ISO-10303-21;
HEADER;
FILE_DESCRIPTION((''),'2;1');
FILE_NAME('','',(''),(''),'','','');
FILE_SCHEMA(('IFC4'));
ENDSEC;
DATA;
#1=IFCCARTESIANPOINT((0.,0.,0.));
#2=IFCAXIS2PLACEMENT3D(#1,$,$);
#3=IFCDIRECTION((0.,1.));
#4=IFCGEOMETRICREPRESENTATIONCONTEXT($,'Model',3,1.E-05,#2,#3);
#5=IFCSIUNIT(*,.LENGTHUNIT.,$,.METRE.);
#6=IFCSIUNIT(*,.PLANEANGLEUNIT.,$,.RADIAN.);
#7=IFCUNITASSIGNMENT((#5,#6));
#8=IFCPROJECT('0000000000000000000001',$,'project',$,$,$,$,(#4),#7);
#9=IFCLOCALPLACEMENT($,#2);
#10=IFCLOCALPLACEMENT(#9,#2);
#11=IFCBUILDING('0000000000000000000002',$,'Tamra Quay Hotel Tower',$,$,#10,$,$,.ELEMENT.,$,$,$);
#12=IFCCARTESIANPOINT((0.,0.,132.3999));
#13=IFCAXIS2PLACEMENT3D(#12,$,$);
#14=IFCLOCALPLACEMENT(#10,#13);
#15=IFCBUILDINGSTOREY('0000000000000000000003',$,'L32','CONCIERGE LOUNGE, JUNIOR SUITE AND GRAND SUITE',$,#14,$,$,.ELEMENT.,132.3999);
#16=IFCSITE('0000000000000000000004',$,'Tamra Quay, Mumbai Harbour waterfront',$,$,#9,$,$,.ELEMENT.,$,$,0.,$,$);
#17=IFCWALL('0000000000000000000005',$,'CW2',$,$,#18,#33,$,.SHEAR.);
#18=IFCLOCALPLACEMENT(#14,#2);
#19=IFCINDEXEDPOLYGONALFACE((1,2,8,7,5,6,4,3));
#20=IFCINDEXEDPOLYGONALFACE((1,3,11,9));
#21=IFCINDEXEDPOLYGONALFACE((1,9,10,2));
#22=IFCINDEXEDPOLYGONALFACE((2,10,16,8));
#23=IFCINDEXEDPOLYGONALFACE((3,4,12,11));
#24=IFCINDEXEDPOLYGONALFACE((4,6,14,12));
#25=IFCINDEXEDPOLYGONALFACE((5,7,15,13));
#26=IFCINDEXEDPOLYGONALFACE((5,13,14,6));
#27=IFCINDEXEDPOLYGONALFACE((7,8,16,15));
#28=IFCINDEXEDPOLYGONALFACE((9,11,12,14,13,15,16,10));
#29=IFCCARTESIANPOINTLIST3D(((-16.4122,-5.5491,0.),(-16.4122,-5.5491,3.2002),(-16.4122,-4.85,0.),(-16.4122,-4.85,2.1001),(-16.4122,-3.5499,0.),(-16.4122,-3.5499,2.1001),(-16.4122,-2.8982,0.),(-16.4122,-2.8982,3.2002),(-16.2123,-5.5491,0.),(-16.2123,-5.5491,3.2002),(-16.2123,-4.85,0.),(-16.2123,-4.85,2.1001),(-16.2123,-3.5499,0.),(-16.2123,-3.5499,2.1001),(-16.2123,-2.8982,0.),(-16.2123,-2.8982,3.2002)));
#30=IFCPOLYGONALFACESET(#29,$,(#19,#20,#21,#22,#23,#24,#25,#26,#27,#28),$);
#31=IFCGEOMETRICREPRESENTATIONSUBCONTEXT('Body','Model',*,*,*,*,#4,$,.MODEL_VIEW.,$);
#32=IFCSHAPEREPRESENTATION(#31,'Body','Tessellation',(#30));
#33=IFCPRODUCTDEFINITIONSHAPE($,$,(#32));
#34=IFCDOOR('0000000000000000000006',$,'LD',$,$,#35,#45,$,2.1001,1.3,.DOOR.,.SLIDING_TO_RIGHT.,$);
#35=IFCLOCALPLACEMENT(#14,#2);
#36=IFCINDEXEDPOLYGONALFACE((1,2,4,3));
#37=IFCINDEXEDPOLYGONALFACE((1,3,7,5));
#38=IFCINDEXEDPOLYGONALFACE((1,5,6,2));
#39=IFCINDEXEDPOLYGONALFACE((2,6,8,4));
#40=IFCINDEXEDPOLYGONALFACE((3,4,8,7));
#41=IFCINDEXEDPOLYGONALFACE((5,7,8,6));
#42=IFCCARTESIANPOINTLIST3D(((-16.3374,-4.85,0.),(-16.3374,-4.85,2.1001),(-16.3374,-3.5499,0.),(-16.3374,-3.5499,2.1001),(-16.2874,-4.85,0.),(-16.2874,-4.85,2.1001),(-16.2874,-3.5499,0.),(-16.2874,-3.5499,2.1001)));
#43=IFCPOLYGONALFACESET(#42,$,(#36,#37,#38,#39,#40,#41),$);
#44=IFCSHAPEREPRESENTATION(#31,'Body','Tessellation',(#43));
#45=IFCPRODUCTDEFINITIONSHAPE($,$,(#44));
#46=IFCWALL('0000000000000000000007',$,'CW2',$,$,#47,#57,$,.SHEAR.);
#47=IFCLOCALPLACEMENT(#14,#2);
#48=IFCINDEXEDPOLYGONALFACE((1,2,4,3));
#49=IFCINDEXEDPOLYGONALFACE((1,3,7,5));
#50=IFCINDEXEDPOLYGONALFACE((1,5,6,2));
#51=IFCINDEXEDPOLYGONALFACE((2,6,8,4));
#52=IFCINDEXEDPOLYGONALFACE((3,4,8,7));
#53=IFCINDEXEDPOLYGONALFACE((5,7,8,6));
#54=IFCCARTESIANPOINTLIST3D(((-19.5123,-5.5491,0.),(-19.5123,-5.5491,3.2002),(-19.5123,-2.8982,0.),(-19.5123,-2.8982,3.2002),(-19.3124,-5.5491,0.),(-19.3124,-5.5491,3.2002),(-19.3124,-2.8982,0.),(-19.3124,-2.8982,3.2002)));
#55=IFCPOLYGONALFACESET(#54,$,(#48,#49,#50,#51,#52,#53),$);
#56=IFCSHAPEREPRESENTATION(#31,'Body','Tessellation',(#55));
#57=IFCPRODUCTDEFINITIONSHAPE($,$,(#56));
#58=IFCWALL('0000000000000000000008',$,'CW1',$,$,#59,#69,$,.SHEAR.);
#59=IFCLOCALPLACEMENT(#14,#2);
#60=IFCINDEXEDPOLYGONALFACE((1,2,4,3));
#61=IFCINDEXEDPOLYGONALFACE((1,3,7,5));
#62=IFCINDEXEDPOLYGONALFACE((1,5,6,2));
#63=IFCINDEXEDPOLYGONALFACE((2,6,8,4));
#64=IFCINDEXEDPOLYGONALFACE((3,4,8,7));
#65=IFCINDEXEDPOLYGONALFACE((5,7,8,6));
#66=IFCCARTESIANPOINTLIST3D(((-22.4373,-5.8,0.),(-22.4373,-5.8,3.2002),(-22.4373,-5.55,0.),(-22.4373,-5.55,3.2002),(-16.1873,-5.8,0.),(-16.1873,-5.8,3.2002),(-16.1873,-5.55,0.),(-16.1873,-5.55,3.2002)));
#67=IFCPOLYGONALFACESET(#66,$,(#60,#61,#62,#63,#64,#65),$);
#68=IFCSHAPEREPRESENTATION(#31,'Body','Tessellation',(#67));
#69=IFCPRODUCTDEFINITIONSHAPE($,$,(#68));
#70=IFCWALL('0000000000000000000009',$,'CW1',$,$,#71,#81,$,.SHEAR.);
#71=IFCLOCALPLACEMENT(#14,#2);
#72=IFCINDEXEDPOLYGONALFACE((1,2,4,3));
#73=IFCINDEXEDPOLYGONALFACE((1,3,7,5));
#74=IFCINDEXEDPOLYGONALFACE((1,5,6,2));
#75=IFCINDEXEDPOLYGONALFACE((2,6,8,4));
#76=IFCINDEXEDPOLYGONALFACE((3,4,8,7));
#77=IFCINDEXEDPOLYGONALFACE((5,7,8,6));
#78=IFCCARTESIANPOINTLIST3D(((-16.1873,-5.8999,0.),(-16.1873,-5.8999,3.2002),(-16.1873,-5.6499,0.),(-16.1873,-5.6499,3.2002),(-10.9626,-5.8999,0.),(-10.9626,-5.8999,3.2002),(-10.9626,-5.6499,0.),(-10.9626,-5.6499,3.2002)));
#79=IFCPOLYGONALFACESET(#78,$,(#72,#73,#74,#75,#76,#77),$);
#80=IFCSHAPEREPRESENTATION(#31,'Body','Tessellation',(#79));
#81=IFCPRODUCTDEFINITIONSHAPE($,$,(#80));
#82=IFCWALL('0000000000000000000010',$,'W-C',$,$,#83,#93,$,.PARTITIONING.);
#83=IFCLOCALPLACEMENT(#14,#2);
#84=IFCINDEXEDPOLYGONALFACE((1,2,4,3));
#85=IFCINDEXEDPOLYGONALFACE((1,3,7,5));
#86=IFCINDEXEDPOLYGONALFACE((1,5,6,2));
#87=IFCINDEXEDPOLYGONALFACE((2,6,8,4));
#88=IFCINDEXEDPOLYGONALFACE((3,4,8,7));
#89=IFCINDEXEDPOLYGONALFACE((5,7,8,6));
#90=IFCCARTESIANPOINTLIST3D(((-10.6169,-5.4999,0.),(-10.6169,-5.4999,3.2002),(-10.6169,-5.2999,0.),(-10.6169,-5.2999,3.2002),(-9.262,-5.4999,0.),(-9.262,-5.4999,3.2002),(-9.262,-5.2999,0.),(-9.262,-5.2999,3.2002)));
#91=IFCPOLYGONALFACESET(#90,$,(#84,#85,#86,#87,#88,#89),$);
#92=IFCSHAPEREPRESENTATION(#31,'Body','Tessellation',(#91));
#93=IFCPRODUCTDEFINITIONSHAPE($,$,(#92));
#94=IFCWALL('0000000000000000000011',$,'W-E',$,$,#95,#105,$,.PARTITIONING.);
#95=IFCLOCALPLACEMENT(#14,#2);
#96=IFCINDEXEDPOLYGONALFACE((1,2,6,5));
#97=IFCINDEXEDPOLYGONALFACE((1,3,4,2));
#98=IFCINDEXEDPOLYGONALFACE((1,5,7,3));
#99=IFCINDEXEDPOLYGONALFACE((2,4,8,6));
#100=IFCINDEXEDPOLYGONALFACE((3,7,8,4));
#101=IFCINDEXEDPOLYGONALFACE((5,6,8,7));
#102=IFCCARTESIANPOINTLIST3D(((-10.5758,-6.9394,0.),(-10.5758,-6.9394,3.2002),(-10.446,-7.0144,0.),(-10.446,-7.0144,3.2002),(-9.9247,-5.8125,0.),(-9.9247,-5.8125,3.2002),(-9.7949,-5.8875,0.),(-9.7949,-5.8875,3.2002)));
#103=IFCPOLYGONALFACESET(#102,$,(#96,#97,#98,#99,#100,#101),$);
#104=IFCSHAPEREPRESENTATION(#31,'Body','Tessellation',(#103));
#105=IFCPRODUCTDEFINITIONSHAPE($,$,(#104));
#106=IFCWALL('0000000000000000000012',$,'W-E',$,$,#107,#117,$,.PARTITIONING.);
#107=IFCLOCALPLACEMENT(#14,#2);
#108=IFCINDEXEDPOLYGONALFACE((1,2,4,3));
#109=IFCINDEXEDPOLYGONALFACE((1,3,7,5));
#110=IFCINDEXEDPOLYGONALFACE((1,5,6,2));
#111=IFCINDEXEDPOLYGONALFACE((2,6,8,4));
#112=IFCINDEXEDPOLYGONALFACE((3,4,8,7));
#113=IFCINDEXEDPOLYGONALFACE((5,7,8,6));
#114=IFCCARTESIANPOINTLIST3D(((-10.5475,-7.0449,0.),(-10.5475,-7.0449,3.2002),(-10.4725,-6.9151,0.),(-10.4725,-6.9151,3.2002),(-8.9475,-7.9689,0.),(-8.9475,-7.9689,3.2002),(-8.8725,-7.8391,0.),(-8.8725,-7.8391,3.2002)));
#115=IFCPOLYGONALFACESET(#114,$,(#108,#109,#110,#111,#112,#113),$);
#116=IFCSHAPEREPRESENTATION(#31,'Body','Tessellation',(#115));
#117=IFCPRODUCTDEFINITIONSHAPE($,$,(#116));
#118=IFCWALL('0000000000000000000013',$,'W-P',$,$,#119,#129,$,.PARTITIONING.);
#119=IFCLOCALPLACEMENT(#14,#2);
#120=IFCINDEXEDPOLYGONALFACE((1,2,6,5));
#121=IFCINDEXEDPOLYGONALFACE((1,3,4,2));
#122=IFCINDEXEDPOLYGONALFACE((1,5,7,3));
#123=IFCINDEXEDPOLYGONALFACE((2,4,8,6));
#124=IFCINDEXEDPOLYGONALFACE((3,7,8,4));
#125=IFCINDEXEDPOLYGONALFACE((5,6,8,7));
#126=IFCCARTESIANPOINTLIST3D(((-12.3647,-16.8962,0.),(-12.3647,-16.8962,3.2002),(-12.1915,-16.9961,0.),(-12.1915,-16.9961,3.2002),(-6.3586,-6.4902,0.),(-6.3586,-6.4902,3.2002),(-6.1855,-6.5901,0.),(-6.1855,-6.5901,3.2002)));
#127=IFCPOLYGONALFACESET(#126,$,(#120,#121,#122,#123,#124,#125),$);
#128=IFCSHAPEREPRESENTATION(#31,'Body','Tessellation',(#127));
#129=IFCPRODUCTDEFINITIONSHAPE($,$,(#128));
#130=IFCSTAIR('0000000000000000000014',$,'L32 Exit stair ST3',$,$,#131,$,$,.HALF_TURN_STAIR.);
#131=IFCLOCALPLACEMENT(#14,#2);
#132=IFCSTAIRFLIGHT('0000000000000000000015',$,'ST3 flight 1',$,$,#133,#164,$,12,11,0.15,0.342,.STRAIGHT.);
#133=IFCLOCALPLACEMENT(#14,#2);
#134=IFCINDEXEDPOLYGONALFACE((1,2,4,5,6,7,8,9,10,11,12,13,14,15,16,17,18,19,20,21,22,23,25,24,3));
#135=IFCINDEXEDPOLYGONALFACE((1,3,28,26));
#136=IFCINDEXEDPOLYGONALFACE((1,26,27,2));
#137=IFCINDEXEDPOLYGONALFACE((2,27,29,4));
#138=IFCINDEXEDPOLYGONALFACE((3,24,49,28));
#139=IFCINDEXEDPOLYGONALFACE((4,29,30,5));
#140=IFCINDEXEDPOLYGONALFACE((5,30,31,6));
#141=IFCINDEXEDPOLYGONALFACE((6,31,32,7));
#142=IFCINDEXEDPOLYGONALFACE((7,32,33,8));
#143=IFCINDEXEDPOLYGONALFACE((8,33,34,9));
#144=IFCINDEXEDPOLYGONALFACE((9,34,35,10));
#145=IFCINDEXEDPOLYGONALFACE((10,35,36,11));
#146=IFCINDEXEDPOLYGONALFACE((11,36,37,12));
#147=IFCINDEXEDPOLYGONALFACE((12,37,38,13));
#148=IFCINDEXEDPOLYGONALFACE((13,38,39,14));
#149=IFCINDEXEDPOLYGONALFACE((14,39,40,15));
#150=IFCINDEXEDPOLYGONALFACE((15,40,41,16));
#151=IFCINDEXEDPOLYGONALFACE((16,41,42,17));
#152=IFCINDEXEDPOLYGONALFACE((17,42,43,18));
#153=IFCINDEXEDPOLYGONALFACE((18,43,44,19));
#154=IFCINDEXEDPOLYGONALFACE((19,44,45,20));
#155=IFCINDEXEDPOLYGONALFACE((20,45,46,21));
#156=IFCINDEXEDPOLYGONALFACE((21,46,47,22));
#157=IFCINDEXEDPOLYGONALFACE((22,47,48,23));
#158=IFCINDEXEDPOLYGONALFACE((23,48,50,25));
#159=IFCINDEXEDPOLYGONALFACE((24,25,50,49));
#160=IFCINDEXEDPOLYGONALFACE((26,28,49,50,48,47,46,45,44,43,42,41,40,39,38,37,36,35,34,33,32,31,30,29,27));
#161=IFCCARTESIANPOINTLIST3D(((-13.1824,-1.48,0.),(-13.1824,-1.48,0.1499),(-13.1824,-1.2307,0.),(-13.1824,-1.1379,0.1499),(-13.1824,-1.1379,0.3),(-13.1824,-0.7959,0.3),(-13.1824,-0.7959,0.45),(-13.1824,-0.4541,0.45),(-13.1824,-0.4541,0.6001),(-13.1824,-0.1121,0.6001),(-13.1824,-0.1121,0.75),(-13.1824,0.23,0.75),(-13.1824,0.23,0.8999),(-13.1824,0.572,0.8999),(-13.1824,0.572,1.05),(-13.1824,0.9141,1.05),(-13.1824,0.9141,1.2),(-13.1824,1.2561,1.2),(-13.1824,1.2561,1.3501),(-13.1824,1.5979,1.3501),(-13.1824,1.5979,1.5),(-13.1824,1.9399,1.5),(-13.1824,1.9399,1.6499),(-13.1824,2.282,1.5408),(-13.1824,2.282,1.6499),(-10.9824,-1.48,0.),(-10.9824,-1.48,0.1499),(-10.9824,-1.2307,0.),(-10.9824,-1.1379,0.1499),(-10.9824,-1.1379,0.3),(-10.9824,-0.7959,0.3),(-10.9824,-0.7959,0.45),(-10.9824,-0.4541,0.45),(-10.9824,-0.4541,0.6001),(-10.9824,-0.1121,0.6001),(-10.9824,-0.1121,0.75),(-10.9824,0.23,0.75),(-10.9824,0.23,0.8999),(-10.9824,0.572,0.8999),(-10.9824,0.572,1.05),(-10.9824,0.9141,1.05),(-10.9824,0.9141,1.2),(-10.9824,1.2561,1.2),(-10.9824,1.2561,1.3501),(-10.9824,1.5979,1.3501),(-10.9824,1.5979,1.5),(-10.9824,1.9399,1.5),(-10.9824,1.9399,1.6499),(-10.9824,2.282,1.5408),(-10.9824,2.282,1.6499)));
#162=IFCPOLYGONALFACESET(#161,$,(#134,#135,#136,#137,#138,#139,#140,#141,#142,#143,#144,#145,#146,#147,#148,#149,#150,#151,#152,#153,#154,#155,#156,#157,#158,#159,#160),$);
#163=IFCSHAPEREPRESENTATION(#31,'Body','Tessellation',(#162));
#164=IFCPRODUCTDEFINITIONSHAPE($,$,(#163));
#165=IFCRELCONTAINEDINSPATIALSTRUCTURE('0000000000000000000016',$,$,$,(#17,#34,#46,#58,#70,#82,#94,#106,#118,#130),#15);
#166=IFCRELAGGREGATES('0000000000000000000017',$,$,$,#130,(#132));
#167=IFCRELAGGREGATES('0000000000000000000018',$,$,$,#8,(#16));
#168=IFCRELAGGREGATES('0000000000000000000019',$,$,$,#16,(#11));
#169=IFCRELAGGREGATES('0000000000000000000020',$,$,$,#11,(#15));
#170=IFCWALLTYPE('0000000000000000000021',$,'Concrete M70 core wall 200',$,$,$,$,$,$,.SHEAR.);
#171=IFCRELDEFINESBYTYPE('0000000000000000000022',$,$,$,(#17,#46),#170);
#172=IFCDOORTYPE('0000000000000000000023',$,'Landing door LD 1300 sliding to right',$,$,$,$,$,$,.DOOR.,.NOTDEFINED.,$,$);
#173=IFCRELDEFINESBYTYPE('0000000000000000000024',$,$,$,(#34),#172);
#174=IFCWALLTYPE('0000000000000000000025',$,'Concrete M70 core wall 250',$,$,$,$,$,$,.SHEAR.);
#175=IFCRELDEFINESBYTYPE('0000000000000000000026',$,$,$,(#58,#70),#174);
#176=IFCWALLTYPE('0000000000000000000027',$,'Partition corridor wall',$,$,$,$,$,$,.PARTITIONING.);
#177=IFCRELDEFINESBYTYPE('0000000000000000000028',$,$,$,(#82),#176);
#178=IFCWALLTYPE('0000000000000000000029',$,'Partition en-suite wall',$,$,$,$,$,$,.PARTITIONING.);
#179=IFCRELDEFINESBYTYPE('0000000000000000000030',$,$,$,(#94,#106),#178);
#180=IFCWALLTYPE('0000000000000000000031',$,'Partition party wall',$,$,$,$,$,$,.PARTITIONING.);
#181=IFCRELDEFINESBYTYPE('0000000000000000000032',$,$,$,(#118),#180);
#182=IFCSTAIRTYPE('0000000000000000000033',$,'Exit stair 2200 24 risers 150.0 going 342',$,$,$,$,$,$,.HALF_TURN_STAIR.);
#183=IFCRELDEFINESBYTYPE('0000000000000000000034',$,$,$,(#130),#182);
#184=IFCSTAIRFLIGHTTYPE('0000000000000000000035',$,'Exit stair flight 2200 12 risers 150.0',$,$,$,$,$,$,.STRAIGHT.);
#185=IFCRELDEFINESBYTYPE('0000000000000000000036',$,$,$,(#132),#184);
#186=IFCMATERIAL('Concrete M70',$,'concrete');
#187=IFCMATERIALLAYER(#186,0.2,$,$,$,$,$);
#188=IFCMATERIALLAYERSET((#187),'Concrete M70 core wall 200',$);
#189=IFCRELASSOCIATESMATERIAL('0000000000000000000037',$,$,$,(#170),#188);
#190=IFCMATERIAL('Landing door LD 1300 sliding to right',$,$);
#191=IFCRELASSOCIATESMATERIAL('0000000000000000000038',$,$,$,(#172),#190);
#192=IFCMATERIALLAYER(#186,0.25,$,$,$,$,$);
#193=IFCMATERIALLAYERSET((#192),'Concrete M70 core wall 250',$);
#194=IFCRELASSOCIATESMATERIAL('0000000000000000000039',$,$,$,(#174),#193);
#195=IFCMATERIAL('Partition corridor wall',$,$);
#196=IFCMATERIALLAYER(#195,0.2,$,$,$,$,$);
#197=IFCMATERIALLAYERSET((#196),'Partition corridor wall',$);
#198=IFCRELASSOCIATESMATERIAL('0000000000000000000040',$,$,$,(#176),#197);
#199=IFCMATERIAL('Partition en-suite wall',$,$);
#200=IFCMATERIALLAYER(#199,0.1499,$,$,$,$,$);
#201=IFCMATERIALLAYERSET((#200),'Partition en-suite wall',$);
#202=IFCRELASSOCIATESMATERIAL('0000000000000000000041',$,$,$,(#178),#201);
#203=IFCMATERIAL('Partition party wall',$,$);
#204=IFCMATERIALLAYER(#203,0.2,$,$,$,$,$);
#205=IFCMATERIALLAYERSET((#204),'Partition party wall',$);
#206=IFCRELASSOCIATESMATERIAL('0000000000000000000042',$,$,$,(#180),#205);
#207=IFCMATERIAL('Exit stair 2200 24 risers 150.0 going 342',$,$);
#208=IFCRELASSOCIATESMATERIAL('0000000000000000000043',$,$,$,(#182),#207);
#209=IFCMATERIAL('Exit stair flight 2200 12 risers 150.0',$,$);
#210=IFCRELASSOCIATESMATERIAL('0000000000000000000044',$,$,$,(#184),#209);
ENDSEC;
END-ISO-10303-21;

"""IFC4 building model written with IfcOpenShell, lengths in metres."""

from ifc_helpers import new_model, si_unit, direction, frame, frame_2d, origin, place, context, subcontext, project, spatial, polyline, rectangle, outline, extrude, material, layer, layer_set, type_object, element, fill, aggregate, save


model = new_model("IFC4")

# Units and contexts
model_context = context("Model", 3, precision=1e-05, world=origin(), true_north=direction((0.0, 1.0)))
body_context = subcontext(model_context, "Body", "Model", "MODEL_VIEW")
ifc_project = project(units=[si_unit("LENGTHUNIT", "METRE"), si_unit("PLANEANGLEUNIT", "RADIAN")], contexts=[model_context])

# Site, building, storey
site_placement = place(None, origin())
site = spatial("IfcSite", under=ifc_project, at=site_placement, Name="Tamra Quay, Mumbai Harbour waterfront", CompositionType="ELEMENT", RefElevation=0.0)
building_placement = place(site_placement, origin())
building = spatial("IfcBuilding", under=site, at=building_placement, Name="Tamra Quay Hotel Tower", CompositionType="ELEMENT")
storey_placement = place(building_placement, frame((0.0, 0.0, 132.3999)))
storey = spatial("IfcBuildingStorey", under=building, at=storey_placement, Name="L32", Description="CONCIERGE LOUNGE, JUNIOR SUITE AND GRAND SUITE", CompositionType="ELEMENT", Elevation=132.3999)

# Shared definitions
ifc_material_1 = material(Name="Concrete M70", Category="concrete")

# Shared definitions
ifc_layer_1 = layer(ifc_material_1, 0.2)
ifc_layer_set_1 = layer_set([ifc_layer_1], Name="Concrete M70 core wall 200")
wall_type_1 = type_object("IfcWallType", Name="Concrete M70 core wall 200", PredefinedType="SHEAR", material=ifc_layer_set_1)

# Wall, opening, door
wall_1_placement = place(storey_placement, frame((-16.3123, -2.8982, 0.0), z_axis=(0.0, 0.0, 1.0), x_axis=(0.0, -1.0, 0.0)))
wall_1 = element("IfcWall", 1, at=wall_1_placement, inside=storey, type_object=wall_type_1, Name="CW2", PredefinedType="SHEAR", context=body_context, shape_type="SweptSolid", body=[
    extrude(rectangle(XDim=2.6509, YDim=0.2, at=frame_2d((1.3254, 0.0))), origin(), (0.0, 0.0, 1.0), 3.2002),
])
opening_1_placement = place(wall_1_placement, frame((0.6519, 0.0, 0.0)))
opening_1 = element("IfcOpeningElement", 2, at=opening_1_placement, cuts=wall_1, PredefinedType="OPENING", context=body_context, shape_type="SweptSolid", body=[
    extrude(rectangle(XDim=1.3, YDim=2.1001, at=frame_2d((0.6499, 1.05))), frame((0.0, 0.1099, 0.0), z_axis=(0.0, -1.0, 0.0), x_axis=(1.0, 0.0, 0.0)), (0.0, 0.0, 1.0), 0.22),
])
ifc_material_2 = material(Name="Landing door LD 1300 sliding to right")
door_type_1 = type_object("IfcDoorType", Name="Landing door LD 1300 sliding to right", OperationType="NOTDEFINED", PredefinedType="DOOR", material=ifc_material_2)
door_1_placement = place(opening_1_placement, origin())
door_1 = element("IfcDoor", 3, at=door_1_placement, inside=storey, type_object=door_type_1, Name="LD", OperationType="SLIDING_TO_RIGHT", OverallHeight=2.1001, OverallWidth=1.3, PredefinedType="DOOR", context=body_context, shape_type="SweptSolid", body=[
    extrude(rectangle(XDim=1.3, YDim=2.1001, at=frame_2d((0.6499, 1.05))), frame((0.0, 0.0249, 0.0), z_axis=(0.0, -1.0, 0.0), x_axis=(1.0, 0.0, 0.0)), (0.0, 0.0, 1.0), 0.05),
])
fill(opening_1, door_1)

# Walls
wall_2_placement = place(storey_placement, frame((-19.4124, -5.5491, 0.0), z_axis=(0.0, 0.0, 1.0), x_axis=(0.0, 1.0, 0.0)))
element("IfcWall", 4, at=wall_2_placement, inside=storey, type_object=wall_type_1, Name="CW2", PredefinedType="SHEAR", context=body_context, shape_type="SweptSolid", body=[
    extrude(rectangle(XDim=2.6509, YDim=0.2, at=frame_2d((1.3254, 0.0))), origin(), (0.0, 0.0, 1.0), 3.2002),
])
ifc_layer_2 = layer(ifc_material_1, 0.25)
ifc_layer_set_2 = layer_set([ifc_layer_2], Name="Concrete M70 core wall 250")
wall_type_2 = type_object("IfcWallType", Name="Concrete M70 core wall 250", PredefinedType="SHEAR", material=ifc_layer_set_2)
wall_3_placement = place(storey_placement, frame((-16.1873, -5.675, 0.0), z_axis=(0.0, 0.0, 1.0), x_axis=(-1.0, 0.0, 0.0)))
element("IfcWall", 5, at=wall_3_placement, inside=storey, type_object=wall_type_2, Name="CW1", PredefinedType="SHEAR", context=body_context, shape_type="SweptSolid", body=[
    extrude(rectangle(XDim=6.25, YDim=0.25, at=frame_2d((3.125, 0.0))), origin(), (0.0, 0.0, 1.0), 3.2002),
])
wall_4_placement = place(storey_placement, frame((-10.9626, -5.7749, 0.0), z_axis=(0.0, 0.0, 1.0), x_axis=(-1.0, 0.0, 0.0)))
element("IfcWall", 6, at=wall_4_placement, inside=storey, type_object=wall_type_2, Name="CW1", PredefinedType="SHEAR", context=body_context, shape_type="SweptSolid", body=[
    extrude(rectangle(XDim=5.2246, YDim=0.25, at=frame_2d((2.6123, 0.0))), origin(), (0.0, 0.0, 1.0), 3.2002),
])
ifc_material_3 = material(Name="Partition corridor wall")
ifc_layer_3 = layer(ifc_material_3, 0.2)
ifc_layer_set_3 = layer_set([ifc_layer_3], Name="Partition corridor wall")
wall_type_3 = type_object("IfcWallType", Name="Partition corridor wall", PredefinedType="PARTITIONING", material=ifc_layer_set_3)
wall_5_placement = place(storey_placement, frame((-10.6169, -5.3999, 0.0), z_axis=(0.0, 0.0, 1.0), x_axis=(1.0, 0.0, 0.0)))
element("IfcWall", 7, at=wall_5_placement, inside=storey, type_object=wall_type_3, Name="W-C", PredefinedType="PARTITIONING", context=body_context, shape_type="SweptSolid", body=[
    extrude(rectangle(XDim=1.355, YDim=0.2, at=frame_2d((0.6775, 0.0))), origin(), (0.0, 0.0, 1.0), 3.2002),
])
ifc_material_4 = material(Name="Partition en-suite wall")
ifc_layer_4 = layer(ifc_material_4, 0.1499)
ifc_layer_set_4 = layer_set([ifc_layer_4], Name="Partition en-suite wall")
wall_type_4 = type_object("IfcWallType", Name="Partition en-suite wall", PredefinedType="PARTITIONING", material=ifc_layer_set_4)
wall_6_placement = place(storey_placement, frame((-10.511, -6.9771, 0.0), z_axis=(0.0, 0.0, 1.0), x_axis=(0.500274, 0.865867, 0.0)))
element("IfcWall", 8, at=wall_6_placement, inside=storey, type_object=wall_type_4, Name="W-E", PredefinedType="PARTITIONING", context=body_context, shape_type="SweptSolid", body=[
    extrude(rectangle(XDim=1.3015, YDim=0.1499, at=frame_2d((0.6509, 0.0))), origin(), (0.0, 0.0, 1.0), 3.2002),
])
wall_7_placement = place(storey_placement, frame((-10.51, -6.98, 0.0), z_axis=(0.0, 0.0, 1.0), x_axis=(0.865966, -0.500104, 0.0)))
element("IfcWall", 9, at=wall_7_placement, inside=storey, type_object=wall_type_4, Name="W-E", PredefinedType="PARTITIONING", context=body_context, shape_type="SweptSolid", body=[
    extrude(rectangle(XDim=1.8477, YDim=0.1499, at=frame_2d((0.9238, 0.0))), origin(), (0.0, 0.0, 1.0), 3.2002),
])
ifc_material_5 = material(Name="Partition party wall")
ifc_layer_5 = layer(ifc_material_5, 0.2)
ifc_layer_set_5 = layer_set([ifc_layer_5], Name="Partition party wall")
wall_type_5 = type_object("IfcWallType", Name="Partition party wall", PredefinedType="PARTITIONING", material=ifc_layer_set_5)
wall_8_placement = place(storey_placement, frame((-12.2781, -16.946, 0.0), z_axis=(0.0, 0.0, 1.0), x_axis=(0.499887, 0.866091, 0.0)))
element("IfcWall", 10, at=wall_8_placement, inside=storey, type_object=wall_type_5, Name="W-P", PredefinedType="PARTITIONING", context=body_context, shape_type="SweptSolid", body=[
    extrude(rectangle(XDim=12.0149, YDim=0.2, at=frame_2d((6.0073, 0.0))), origin(), (0.0, 0.0, 1.0), 3.2002),
])

# Stair, stair flight
ifc_material_6 = material(Name="Exit stair 2200 24 risers 150.0 going 342")
stair_type = type_object("IfcStairType", Name="Exit stair 2200 24 risers 150.0 going 342", PredefinedType="HALF_TURN_STAIR", material=ifc_material_6)
stair_placement = place(storey_placement, origin())
stair = element("IfcStair", 11, at=stair_placement, inside=storey, type_object=stair_type, Name="L32 Exit stair ST3", PredefinedType="HALF_TURN_STAIR")
ifc_material_7 = material(Name="Exit stair flight 2200 12 risers 150.0")
stair_flight_type = type_object("IfcStairFlightType", Name="Exit stair flight 2200 12 risers 150.0", PredefinedType="STRAIGHT", material=ifc_material_7)
stair_flight_placement = place(storey_placement, frame((-12.0823, -1.48, 0.0), z_axis=(0.0, 0.0, 1.0), x_axis=(0.0, 1.0, 0.0)))
stair_flight = element("IfcStairFlight", 12, at=stair_flight_placement, type_object=stair_flight_type, Name="ST3 flight 1", NumberOfRisers=12, NumberOfTreads=11, PredefinedType="STRAIGHT", RiserHeight=0.15, TreadLength=0.342, context=body_context, shape_type="SweptSolid", body=[
    extrude(outline(polyline([(0.0, 0.0), (0.0, 0.1499), (0.342, 0.1499), (0.342, 0.3), (0.6841, 0.3), (0.6841, 0.45), (1.0259, 0.45), (1.0259, 0.6001), (1.3679, 0.6001), (1.3679, 0.75), (1.71, 0.75), (1.71, 0.8999), (2.052, 0.8999), (2.052, 1.05), (2.394, 1.05), (2.394, 1.2), (2.7361, 1.2), (2.7361, 1.3501), (3.0779, 1.3501), (3.0779, 1.5), (3.4199, 1.5), (3.4199, 1.6499), (3.762, 1.6499), (3.762, 1.8), (3.762, 1.5408), (0.2493, 0.0), (0.0, 0.0)])), frame((0.0, 1.1001, 0.0), z_axis=(0.0, -1.0, 0.0), x_axis=(1.0, 0.0, 0.0)), (0.0, 0.0, 1.0), 2.2),
])
aggregate(stair, [stair_flight])

save(model, "model.ifc")
